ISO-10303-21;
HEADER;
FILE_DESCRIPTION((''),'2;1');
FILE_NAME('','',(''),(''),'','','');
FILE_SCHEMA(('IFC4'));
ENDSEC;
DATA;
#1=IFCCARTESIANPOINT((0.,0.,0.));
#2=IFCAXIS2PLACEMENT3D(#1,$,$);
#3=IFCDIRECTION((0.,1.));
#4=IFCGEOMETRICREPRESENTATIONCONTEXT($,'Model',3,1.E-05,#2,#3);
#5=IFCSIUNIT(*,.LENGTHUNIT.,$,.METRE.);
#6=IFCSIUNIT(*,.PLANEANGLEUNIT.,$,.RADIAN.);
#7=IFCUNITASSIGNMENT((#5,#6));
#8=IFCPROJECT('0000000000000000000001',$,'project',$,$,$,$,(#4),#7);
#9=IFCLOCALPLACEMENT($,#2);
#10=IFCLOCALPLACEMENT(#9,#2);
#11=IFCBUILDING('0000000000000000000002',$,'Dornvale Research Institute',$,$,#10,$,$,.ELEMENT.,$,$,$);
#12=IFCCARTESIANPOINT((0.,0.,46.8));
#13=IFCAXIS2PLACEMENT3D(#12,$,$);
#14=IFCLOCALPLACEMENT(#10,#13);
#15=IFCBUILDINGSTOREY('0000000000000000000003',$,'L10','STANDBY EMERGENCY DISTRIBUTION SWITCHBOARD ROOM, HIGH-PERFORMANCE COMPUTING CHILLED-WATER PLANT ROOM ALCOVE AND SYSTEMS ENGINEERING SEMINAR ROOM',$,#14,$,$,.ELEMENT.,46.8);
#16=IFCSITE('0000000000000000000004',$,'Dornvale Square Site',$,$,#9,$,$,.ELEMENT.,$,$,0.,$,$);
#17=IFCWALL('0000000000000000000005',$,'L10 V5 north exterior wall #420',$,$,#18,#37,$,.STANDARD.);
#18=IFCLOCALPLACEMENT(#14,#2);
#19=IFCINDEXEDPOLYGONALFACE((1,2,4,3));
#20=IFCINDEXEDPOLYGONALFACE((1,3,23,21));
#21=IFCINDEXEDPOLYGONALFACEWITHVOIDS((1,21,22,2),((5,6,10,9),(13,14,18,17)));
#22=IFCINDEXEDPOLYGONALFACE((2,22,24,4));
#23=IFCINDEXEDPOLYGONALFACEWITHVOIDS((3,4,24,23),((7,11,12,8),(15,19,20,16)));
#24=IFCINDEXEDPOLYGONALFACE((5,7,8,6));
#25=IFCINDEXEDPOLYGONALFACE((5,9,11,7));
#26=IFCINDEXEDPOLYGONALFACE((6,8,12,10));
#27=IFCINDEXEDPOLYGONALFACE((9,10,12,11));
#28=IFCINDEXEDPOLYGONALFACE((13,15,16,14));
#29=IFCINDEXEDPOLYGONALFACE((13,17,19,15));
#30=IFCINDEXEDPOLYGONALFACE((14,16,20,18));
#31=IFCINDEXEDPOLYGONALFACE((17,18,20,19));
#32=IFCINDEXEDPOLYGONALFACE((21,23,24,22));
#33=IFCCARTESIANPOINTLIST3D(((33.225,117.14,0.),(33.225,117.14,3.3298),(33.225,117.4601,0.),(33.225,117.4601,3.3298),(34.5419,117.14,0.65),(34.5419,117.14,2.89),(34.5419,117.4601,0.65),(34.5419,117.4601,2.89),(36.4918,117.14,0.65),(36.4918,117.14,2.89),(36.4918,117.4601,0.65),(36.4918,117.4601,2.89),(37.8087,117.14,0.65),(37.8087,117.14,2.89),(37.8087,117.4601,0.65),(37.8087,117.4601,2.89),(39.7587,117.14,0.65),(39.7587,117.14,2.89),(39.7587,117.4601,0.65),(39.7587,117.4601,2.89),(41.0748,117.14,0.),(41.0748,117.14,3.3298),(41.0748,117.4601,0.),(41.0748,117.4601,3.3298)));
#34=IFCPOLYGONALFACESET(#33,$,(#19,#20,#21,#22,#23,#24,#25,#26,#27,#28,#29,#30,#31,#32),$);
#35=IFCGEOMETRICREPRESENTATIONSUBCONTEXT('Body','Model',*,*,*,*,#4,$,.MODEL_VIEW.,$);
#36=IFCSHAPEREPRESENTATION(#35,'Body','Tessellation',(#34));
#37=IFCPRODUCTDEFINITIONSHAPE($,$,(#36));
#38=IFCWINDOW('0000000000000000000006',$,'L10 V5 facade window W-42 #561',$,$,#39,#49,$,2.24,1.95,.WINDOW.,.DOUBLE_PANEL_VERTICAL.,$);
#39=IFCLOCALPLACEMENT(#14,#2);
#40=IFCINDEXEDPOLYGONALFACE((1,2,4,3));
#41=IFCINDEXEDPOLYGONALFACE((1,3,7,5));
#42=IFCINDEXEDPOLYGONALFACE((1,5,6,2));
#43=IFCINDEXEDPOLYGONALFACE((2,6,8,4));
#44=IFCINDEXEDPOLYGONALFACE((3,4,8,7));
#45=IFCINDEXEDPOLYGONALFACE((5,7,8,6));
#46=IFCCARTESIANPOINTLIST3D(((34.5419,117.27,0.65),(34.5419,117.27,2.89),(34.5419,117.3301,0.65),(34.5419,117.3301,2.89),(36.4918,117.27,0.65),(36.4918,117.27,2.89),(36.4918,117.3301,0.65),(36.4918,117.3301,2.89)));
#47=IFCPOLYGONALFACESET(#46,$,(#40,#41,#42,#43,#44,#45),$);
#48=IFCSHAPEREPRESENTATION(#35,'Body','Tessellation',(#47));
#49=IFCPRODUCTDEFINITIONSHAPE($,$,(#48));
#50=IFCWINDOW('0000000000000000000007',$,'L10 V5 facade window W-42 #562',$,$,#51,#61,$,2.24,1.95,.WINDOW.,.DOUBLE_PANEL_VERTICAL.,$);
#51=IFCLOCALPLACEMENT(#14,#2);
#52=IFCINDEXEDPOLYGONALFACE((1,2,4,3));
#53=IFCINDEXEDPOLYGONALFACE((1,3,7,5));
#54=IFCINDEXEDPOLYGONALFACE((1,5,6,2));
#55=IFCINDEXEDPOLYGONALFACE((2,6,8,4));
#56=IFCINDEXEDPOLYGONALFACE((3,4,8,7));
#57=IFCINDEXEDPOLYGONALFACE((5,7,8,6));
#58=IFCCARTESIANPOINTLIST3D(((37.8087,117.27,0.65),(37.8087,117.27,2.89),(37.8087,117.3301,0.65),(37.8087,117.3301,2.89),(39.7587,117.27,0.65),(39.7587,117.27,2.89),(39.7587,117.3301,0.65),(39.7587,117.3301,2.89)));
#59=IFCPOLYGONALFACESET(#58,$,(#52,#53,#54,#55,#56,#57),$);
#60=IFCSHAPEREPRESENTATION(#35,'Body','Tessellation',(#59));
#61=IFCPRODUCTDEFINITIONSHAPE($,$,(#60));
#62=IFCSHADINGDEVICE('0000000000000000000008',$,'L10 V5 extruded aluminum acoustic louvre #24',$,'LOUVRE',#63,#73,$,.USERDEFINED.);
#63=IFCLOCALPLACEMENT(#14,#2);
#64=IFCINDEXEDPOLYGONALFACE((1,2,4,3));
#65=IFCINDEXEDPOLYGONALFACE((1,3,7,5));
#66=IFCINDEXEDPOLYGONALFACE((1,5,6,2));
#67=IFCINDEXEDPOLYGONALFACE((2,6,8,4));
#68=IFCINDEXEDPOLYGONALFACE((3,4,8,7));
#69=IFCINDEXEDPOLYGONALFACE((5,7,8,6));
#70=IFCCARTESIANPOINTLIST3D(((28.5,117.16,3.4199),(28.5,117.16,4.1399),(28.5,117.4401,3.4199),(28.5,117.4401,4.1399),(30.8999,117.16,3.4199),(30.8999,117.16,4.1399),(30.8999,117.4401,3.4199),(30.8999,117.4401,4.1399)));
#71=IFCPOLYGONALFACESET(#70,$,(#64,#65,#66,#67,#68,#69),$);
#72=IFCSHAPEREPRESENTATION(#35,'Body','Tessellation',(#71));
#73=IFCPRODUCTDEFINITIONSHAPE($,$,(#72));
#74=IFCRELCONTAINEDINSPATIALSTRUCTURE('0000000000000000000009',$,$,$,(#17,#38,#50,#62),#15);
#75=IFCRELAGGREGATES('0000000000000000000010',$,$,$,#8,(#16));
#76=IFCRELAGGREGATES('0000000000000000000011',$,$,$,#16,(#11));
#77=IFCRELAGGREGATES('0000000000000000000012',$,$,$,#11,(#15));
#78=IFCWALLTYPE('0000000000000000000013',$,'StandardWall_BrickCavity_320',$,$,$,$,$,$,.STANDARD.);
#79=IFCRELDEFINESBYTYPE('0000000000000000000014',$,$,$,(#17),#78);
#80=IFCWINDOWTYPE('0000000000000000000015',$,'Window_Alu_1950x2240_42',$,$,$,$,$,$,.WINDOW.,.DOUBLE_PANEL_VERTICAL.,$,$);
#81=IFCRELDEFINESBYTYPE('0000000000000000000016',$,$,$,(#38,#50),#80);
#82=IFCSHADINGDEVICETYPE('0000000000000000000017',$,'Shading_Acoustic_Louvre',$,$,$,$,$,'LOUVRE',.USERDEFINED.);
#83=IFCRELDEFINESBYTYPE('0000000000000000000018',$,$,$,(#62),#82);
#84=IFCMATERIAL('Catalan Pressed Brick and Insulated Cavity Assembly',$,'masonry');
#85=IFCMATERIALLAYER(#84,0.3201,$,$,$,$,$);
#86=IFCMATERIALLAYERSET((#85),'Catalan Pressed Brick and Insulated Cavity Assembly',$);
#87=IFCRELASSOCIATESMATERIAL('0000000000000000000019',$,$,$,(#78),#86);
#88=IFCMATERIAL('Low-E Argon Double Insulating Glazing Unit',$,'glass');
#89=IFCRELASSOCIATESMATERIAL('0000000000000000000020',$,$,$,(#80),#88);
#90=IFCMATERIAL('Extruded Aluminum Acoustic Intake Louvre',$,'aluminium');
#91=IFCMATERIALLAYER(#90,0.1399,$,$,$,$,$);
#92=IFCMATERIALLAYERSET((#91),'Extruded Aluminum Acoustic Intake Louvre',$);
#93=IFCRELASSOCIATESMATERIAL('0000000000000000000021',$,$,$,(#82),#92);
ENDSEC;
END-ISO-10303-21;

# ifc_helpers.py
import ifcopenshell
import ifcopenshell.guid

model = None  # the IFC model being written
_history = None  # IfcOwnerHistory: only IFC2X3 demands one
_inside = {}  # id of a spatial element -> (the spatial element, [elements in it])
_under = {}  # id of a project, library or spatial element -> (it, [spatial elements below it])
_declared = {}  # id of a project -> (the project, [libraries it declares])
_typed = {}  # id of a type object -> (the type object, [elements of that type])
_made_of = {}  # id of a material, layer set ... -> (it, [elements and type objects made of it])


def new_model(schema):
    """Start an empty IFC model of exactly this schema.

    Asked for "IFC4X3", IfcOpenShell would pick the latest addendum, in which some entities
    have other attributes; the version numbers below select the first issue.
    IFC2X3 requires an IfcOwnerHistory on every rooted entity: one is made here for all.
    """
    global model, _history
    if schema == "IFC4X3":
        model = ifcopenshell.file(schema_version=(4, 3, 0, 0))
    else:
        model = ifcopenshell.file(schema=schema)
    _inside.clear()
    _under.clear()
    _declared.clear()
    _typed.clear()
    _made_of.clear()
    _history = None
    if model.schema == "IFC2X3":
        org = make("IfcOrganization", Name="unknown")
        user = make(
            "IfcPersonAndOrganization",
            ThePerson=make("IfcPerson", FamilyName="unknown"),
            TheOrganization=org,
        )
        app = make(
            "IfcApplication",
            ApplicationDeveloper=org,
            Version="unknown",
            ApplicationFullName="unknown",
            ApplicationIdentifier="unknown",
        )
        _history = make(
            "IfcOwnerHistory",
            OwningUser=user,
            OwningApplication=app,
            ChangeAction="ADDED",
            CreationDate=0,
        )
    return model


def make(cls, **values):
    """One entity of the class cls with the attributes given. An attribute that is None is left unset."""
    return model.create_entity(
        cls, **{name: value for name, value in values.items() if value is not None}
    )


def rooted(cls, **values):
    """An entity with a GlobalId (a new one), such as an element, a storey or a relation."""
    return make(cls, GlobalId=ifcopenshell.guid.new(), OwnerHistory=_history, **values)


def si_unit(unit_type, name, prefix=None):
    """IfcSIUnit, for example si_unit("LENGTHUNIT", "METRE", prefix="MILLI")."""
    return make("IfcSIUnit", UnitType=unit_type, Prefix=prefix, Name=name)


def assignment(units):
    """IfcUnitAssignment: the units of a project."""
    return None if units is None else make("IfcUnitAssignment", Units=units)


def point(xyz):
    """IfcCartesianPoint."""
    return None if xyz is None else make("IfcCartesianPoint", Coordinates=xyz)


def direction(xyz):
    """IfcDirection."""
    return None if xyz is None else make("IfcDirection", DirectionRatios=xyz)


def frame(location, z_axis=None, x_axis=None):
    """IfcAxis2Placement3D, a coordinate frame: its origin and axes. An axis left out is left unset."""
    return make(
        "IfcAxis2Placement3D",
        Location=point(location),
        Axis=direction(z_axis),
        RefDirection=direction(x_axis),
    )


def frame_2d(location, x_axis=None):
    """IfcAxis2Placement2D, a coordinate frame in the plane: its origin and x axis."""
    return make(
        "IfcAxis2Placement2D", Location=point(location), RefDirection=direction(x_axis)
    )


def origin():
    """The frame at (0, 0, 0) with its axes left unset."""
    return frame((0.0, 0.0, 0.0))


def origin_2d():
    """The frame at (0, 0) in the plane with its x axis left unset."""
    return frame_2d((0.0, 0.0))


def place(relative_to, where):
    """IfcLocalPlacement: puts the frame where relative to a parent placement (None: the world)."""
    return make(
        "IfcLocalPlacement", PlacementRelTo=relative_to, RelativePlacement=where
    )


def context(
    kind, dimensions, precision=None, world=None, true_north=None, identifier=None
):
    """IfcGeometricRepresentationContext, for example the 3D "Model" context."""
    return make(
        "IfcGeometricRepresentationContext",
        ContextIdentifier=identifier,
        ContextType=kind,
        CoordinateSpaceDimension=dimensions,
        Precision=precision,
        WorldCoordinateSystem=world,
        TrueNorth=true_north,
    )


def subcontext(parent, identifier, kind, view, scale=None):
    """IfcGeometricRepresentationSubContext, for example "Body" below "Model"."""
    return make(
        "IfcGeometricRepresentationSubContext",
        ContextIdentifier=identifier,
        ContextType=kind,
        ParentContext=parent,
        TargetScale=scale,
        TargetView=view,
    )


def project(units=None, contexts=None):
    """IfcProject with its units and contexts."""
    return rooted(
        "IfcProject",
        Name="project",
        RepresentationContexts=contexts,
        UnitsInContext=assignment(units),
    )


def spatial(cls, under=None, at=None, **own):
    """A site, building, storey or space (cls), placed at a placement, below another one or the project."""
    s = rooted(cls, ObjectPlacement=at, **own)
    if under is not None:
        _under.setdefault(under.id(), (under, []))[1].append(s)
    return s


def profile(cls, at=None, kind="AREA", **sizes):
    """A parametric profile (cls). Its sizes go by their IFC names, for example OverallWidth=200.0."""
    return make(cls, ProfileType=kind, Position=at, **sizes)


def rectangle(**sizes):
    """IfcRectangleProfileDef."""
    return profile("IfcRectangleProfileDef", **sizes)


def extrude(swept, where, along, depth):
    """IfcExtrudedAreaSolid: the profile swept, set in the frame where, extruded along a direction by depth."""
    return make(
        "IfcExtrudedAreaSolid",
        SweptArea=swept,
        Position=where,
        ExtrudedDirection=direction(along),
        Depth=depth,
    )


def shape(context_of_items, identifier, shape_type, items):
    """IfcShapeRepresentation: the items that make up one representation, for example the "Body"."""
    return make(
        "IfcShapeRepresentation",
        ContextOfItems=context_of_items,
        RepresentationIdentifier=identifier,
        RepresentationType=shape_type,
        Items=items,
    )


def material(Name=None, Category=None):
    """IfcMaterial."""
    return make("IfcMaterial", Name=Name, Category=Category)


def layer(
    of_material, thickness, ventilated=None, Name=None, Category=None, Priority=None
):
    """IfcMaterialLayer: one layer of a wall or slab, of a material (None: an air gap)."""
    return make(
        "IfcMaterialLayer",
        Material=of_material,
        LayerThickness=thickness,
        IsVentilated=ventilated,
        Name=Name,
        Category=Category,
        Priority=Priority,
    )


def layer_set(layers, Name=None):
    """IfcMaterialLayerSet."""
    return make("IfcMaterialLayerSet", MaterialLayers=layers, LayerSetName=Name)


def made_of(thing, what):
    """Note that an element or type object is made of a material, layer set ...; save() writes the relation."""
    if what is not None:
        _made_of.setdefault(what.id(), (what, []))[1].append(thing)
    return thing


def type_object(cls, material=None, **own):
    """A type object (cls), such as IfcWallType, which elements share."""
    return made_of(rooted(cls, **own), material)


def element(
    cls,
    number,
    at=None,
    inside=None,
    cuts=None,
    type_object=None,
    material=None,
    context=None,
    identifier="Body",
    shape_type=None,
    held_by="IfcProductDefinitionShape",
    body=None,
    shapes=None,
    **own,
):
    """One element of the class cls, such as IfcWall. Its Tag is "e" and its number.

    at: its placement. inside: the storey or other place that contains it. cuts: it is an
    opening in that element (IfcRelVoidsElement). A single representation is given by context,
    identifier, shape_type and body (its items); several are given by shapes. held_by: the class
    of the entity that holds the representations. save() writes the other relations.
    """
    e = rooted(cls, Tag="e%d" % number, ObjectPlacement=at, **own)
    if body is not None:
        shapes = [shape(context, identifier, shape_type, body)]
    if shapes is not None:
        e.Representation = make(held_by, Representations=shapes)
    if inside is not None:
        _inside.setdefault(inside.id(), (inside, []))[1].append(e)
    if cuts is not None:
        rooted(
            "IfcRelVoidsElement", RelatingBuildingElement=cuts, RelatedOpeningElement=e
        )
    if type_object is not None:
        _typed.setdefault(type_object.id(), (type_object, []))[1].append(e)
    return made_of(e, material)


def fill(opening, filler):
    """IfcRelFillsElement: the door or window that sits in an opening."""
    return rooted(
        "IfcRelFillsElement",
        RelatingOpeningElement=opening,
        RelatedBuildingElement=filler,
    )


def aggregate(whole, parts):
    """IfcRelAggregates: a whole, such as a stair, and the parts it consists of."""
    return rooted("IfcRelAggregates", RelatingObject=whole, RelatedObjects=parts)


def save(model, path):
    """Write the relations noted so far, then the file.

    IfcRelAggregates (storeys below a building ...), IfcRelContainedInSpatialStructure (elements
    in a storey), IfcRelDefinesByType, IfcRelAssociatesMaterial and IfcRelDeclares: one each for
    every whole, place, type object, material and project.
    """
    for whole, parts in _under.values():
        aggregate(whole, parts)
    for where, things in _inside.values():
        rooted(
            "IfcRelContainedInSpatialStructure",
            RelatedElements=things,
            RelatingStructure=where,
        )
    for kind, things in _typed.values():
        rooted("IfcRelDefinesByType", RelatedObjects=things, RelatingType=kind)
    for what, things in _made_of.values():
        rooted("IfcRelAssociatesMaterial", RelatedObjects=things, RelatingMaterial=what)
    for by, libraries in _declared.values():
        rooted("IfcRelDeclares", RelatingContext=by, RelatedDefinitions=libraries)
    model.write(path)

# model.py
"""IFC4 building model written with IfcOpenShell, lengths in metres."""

from ifc_helpers import new_model, si_unit, direction, frame, frame_2d, origin, origin_2d, place, context, subcontext, project, spatial, rectangle, extrude, material, layer, layer_set, type_object, element, fill, save


model = new_model("IFC4")

# Units and contexts
model_context = context("Model", 3, precision=1e-05, world=origin(), true_north=direction((0.0, 1.0)))
body_context = subcontext(model_context, "Body", "Model", "MODEL_VIEW")
ifc_project = project(units=[si_unit("LENGTHUNIT", "METRE"), si_unit("PLANEANGLEUNIT", "RADIAN")], contexts=[model_context])

# Site, building, storey
site_placement = place(None, origin())
site = spatial("IfcSite", under=ifc_project, at=site_placement, Name="Dornvale Square Site", CompositionType="ELEMENT", RefElevation=0.0)
building_placement = place(site_placement, origin())
building = spatial("IfcBuilding", under=site, at=building_placement, Name="Dornvale Research Institute", CompositionType="ELEMENT")
storey_placement = place(building_placement, frame((0.0, 0.0, 46.8)))
storey = spatial("IfcBuildingStorey", under=building, at=storey_placement, Name="L10", Description="STANDBY EMERGENCY DISTRIBUTION SWITCHBOARD ROOM, HIGH-PERFORMANCE COMPUTING CHILLED-WATER PLANT ROOM ALCOVE AND SYSTEMS ENGINEERING SEMINAR ROOM", CompositionType="ELEMENT", Elevation=46.8)

# Shared definitions
ifc_material_1 = material(Name="Catalan Pressed Brick and Insulated Cavity Assembly", Category="masonry")
ifc_layer_1 = layer(ifc_material_1, 0.3201)
ifc_layer_set_1 = layer_set([ifc_layer_1], Name="Catalan Pressed Brick and Insulated Cavity Assembly")
wall_type_1 = type_object("IfcWallType", Name="StandardWall_BrickCavity_320", PredefinedType="STANDARD", material=ifc_layer_set_1)
ifc_material_2 = material(Name="Low-E Argon Double Insulating Glazing Unit", Category="glass")
window_type = type_object("IfcWindowType", Name="Window_Alu_1950x2240_42", PartitioningType="DOUBLE_PANEL_VERTICAL", PredefinedType="WINDOW", material=ifc_material_2)

# Wall, openings, windows
wall_1_placement = place(storey_placement, frame((33.2251, 117.3, 0.0), z_axis=(0.0, 0.0, 1.0), x_axis=(1.0, 0.0, 0.0)))
wall_1 = element("IfcWall", 1, at=wall_1_placement, inside=storey, type_object=wall_type_1, Name="L10 V5 north exterior wall #420", PredefinedType="STANDARD", context=body_context, shape_type="SweptSolid", body=[
    extrude(rectangle(XDim=7.8499, YDim=0.3201, at=frame_2d((3.9248, 0.0))), origin(), (0.0, 0.0, 1.0), 3.3298),
])
opening_1_placement = place(wall_1_placement, frame((1.3167, 0.0, 0.6499)))
opening_1 = element("IfcOpeningElement", 2, at=opening_1_placement, cuts=wall_1, PredefinedType="OPENING", context=body_context, shape_type="SweptSolid", body=[
    extrude(rectangle(XDim=1.95, YDim=2.24, at=frame_2d((0.9751, 1.1201))), frame((0.0, 0.175, 0.0), z_axis=(0.0, -1.0, 0.0), x_axis=(1.0, 0.0, 0.0)), (0.0, 0.0, 1.0), 0.3501),
])
opening_2_placement = place(wall_1_placement, frame((4.5835, 0.0, 0.6499)))
opening_2 = element("IfcOpeningElement", 3, at=opening_2_placement, cuts=wall_1, PredefinedType="OPENING", context=body_context, shape_type="SweptSolid", body=[
    extrude(rectangle(XDim=1.95, YDim=2.24, at=frame_2d((0.9751, 1.1201))), frame((0.0, 0.175, 0.0), z_axis=(0.0, -1.0, 0.0), x_axis=(1.0, 0.0, 0.0)), (0.0, 0.0, 1.0), 0.3501),
])
window_1_placement = place(opening_1_placement, origin())
window_1 = element("IfcWindow", 4, at=window_1_placement, inside=storey, type_object=window_type, Name="L10 V5 facade window W-42 #561", OverallHeight=2.24, OverallWidth=1.95, PartitioningType="DOUBLE_PANEL_VERTICAL", PredefinedType="WINDOW", context=body_context, shape_type="SweptSolid", body=[
    extrude(rectangle(XDim=1.95, YDim=2.24, at=frame_2d((0.9751, 1.1201))), frame((0.0, 0.03, 0.0), z_axis=(0.0, -1.0, 0.0), x_axis=(1.0, 0.0, 0.0)), (0.0, 0.0, 1.0), 0.0601),
])
fill(opening_1, window_1)
window_2_placement = place(opening_2_placement, origin())
window_2 = element("IfcWindow", 5, at=window_2_placement, inside=storey, type_object=window_type, Name="L10 V5 facade window W-42 #562", OverallHeight=2.24, OverallWidth=1.95, PartitioningType="DOUBLE_PANEL_VERTICAL", PredefinedType="WINDOW", context=body_context, shape_type="SweptSolid", body=[
    extrude(rectangle(XDim=1.95, YDim=2.24, at=frame_2d((0.9751, 1.1201))), frame((0.0, 0.03, 0.0), z_axis=(0.0, -1.0, 0.0), x_axis=(1.0, 0.0, 0.0)), (0.0, 0.0, 1.0), 0.0601),
])
fill(opening_2, window_2)

# Shading device
ifc_material_3 = material(Name="Extruded Aluminum Acoustic Intake Louvre", Category="aluminium")
ifc_layer_2 = layer(ifc_material_3, 0.1399)
ifc_layer_set_2 = layer_set([ifc_layer_2], Name="Extruded Aluminum Acoustic Intake Louvre")
shading_device_type = type_object("IfcShadingDeviceType", Name="Shading_Acoustic_Louvre", ElementType="LOUVRE", PredefinedType="USERDEFINED", material=ifc_layer_set_2)
shading_device_placement = place(storey_placement, frame((29.7, 117.3, 3.4199), z_axis=(0.0, 0.0, 1.0), x_axis=(1.0, 0.0, 0.0)))
element("IfcShadingDevice", 6, at=shading_device_placement, inside=storey, type_object=shading_device_type, Name="L10 V5 extruded aluminum acoustic louvre #24", ObjectType="LOUVRE", PredefinedType="USERDEFINED", context=body_context, shape_type="SweptSolid", body=[
    extrude(rectangle(XDim=2.3999, YDim=0.28, at=origin_2d()), origin(), (0.0, 0.0, 1.0), 0.72),
])

save(model, "model.ifc")
